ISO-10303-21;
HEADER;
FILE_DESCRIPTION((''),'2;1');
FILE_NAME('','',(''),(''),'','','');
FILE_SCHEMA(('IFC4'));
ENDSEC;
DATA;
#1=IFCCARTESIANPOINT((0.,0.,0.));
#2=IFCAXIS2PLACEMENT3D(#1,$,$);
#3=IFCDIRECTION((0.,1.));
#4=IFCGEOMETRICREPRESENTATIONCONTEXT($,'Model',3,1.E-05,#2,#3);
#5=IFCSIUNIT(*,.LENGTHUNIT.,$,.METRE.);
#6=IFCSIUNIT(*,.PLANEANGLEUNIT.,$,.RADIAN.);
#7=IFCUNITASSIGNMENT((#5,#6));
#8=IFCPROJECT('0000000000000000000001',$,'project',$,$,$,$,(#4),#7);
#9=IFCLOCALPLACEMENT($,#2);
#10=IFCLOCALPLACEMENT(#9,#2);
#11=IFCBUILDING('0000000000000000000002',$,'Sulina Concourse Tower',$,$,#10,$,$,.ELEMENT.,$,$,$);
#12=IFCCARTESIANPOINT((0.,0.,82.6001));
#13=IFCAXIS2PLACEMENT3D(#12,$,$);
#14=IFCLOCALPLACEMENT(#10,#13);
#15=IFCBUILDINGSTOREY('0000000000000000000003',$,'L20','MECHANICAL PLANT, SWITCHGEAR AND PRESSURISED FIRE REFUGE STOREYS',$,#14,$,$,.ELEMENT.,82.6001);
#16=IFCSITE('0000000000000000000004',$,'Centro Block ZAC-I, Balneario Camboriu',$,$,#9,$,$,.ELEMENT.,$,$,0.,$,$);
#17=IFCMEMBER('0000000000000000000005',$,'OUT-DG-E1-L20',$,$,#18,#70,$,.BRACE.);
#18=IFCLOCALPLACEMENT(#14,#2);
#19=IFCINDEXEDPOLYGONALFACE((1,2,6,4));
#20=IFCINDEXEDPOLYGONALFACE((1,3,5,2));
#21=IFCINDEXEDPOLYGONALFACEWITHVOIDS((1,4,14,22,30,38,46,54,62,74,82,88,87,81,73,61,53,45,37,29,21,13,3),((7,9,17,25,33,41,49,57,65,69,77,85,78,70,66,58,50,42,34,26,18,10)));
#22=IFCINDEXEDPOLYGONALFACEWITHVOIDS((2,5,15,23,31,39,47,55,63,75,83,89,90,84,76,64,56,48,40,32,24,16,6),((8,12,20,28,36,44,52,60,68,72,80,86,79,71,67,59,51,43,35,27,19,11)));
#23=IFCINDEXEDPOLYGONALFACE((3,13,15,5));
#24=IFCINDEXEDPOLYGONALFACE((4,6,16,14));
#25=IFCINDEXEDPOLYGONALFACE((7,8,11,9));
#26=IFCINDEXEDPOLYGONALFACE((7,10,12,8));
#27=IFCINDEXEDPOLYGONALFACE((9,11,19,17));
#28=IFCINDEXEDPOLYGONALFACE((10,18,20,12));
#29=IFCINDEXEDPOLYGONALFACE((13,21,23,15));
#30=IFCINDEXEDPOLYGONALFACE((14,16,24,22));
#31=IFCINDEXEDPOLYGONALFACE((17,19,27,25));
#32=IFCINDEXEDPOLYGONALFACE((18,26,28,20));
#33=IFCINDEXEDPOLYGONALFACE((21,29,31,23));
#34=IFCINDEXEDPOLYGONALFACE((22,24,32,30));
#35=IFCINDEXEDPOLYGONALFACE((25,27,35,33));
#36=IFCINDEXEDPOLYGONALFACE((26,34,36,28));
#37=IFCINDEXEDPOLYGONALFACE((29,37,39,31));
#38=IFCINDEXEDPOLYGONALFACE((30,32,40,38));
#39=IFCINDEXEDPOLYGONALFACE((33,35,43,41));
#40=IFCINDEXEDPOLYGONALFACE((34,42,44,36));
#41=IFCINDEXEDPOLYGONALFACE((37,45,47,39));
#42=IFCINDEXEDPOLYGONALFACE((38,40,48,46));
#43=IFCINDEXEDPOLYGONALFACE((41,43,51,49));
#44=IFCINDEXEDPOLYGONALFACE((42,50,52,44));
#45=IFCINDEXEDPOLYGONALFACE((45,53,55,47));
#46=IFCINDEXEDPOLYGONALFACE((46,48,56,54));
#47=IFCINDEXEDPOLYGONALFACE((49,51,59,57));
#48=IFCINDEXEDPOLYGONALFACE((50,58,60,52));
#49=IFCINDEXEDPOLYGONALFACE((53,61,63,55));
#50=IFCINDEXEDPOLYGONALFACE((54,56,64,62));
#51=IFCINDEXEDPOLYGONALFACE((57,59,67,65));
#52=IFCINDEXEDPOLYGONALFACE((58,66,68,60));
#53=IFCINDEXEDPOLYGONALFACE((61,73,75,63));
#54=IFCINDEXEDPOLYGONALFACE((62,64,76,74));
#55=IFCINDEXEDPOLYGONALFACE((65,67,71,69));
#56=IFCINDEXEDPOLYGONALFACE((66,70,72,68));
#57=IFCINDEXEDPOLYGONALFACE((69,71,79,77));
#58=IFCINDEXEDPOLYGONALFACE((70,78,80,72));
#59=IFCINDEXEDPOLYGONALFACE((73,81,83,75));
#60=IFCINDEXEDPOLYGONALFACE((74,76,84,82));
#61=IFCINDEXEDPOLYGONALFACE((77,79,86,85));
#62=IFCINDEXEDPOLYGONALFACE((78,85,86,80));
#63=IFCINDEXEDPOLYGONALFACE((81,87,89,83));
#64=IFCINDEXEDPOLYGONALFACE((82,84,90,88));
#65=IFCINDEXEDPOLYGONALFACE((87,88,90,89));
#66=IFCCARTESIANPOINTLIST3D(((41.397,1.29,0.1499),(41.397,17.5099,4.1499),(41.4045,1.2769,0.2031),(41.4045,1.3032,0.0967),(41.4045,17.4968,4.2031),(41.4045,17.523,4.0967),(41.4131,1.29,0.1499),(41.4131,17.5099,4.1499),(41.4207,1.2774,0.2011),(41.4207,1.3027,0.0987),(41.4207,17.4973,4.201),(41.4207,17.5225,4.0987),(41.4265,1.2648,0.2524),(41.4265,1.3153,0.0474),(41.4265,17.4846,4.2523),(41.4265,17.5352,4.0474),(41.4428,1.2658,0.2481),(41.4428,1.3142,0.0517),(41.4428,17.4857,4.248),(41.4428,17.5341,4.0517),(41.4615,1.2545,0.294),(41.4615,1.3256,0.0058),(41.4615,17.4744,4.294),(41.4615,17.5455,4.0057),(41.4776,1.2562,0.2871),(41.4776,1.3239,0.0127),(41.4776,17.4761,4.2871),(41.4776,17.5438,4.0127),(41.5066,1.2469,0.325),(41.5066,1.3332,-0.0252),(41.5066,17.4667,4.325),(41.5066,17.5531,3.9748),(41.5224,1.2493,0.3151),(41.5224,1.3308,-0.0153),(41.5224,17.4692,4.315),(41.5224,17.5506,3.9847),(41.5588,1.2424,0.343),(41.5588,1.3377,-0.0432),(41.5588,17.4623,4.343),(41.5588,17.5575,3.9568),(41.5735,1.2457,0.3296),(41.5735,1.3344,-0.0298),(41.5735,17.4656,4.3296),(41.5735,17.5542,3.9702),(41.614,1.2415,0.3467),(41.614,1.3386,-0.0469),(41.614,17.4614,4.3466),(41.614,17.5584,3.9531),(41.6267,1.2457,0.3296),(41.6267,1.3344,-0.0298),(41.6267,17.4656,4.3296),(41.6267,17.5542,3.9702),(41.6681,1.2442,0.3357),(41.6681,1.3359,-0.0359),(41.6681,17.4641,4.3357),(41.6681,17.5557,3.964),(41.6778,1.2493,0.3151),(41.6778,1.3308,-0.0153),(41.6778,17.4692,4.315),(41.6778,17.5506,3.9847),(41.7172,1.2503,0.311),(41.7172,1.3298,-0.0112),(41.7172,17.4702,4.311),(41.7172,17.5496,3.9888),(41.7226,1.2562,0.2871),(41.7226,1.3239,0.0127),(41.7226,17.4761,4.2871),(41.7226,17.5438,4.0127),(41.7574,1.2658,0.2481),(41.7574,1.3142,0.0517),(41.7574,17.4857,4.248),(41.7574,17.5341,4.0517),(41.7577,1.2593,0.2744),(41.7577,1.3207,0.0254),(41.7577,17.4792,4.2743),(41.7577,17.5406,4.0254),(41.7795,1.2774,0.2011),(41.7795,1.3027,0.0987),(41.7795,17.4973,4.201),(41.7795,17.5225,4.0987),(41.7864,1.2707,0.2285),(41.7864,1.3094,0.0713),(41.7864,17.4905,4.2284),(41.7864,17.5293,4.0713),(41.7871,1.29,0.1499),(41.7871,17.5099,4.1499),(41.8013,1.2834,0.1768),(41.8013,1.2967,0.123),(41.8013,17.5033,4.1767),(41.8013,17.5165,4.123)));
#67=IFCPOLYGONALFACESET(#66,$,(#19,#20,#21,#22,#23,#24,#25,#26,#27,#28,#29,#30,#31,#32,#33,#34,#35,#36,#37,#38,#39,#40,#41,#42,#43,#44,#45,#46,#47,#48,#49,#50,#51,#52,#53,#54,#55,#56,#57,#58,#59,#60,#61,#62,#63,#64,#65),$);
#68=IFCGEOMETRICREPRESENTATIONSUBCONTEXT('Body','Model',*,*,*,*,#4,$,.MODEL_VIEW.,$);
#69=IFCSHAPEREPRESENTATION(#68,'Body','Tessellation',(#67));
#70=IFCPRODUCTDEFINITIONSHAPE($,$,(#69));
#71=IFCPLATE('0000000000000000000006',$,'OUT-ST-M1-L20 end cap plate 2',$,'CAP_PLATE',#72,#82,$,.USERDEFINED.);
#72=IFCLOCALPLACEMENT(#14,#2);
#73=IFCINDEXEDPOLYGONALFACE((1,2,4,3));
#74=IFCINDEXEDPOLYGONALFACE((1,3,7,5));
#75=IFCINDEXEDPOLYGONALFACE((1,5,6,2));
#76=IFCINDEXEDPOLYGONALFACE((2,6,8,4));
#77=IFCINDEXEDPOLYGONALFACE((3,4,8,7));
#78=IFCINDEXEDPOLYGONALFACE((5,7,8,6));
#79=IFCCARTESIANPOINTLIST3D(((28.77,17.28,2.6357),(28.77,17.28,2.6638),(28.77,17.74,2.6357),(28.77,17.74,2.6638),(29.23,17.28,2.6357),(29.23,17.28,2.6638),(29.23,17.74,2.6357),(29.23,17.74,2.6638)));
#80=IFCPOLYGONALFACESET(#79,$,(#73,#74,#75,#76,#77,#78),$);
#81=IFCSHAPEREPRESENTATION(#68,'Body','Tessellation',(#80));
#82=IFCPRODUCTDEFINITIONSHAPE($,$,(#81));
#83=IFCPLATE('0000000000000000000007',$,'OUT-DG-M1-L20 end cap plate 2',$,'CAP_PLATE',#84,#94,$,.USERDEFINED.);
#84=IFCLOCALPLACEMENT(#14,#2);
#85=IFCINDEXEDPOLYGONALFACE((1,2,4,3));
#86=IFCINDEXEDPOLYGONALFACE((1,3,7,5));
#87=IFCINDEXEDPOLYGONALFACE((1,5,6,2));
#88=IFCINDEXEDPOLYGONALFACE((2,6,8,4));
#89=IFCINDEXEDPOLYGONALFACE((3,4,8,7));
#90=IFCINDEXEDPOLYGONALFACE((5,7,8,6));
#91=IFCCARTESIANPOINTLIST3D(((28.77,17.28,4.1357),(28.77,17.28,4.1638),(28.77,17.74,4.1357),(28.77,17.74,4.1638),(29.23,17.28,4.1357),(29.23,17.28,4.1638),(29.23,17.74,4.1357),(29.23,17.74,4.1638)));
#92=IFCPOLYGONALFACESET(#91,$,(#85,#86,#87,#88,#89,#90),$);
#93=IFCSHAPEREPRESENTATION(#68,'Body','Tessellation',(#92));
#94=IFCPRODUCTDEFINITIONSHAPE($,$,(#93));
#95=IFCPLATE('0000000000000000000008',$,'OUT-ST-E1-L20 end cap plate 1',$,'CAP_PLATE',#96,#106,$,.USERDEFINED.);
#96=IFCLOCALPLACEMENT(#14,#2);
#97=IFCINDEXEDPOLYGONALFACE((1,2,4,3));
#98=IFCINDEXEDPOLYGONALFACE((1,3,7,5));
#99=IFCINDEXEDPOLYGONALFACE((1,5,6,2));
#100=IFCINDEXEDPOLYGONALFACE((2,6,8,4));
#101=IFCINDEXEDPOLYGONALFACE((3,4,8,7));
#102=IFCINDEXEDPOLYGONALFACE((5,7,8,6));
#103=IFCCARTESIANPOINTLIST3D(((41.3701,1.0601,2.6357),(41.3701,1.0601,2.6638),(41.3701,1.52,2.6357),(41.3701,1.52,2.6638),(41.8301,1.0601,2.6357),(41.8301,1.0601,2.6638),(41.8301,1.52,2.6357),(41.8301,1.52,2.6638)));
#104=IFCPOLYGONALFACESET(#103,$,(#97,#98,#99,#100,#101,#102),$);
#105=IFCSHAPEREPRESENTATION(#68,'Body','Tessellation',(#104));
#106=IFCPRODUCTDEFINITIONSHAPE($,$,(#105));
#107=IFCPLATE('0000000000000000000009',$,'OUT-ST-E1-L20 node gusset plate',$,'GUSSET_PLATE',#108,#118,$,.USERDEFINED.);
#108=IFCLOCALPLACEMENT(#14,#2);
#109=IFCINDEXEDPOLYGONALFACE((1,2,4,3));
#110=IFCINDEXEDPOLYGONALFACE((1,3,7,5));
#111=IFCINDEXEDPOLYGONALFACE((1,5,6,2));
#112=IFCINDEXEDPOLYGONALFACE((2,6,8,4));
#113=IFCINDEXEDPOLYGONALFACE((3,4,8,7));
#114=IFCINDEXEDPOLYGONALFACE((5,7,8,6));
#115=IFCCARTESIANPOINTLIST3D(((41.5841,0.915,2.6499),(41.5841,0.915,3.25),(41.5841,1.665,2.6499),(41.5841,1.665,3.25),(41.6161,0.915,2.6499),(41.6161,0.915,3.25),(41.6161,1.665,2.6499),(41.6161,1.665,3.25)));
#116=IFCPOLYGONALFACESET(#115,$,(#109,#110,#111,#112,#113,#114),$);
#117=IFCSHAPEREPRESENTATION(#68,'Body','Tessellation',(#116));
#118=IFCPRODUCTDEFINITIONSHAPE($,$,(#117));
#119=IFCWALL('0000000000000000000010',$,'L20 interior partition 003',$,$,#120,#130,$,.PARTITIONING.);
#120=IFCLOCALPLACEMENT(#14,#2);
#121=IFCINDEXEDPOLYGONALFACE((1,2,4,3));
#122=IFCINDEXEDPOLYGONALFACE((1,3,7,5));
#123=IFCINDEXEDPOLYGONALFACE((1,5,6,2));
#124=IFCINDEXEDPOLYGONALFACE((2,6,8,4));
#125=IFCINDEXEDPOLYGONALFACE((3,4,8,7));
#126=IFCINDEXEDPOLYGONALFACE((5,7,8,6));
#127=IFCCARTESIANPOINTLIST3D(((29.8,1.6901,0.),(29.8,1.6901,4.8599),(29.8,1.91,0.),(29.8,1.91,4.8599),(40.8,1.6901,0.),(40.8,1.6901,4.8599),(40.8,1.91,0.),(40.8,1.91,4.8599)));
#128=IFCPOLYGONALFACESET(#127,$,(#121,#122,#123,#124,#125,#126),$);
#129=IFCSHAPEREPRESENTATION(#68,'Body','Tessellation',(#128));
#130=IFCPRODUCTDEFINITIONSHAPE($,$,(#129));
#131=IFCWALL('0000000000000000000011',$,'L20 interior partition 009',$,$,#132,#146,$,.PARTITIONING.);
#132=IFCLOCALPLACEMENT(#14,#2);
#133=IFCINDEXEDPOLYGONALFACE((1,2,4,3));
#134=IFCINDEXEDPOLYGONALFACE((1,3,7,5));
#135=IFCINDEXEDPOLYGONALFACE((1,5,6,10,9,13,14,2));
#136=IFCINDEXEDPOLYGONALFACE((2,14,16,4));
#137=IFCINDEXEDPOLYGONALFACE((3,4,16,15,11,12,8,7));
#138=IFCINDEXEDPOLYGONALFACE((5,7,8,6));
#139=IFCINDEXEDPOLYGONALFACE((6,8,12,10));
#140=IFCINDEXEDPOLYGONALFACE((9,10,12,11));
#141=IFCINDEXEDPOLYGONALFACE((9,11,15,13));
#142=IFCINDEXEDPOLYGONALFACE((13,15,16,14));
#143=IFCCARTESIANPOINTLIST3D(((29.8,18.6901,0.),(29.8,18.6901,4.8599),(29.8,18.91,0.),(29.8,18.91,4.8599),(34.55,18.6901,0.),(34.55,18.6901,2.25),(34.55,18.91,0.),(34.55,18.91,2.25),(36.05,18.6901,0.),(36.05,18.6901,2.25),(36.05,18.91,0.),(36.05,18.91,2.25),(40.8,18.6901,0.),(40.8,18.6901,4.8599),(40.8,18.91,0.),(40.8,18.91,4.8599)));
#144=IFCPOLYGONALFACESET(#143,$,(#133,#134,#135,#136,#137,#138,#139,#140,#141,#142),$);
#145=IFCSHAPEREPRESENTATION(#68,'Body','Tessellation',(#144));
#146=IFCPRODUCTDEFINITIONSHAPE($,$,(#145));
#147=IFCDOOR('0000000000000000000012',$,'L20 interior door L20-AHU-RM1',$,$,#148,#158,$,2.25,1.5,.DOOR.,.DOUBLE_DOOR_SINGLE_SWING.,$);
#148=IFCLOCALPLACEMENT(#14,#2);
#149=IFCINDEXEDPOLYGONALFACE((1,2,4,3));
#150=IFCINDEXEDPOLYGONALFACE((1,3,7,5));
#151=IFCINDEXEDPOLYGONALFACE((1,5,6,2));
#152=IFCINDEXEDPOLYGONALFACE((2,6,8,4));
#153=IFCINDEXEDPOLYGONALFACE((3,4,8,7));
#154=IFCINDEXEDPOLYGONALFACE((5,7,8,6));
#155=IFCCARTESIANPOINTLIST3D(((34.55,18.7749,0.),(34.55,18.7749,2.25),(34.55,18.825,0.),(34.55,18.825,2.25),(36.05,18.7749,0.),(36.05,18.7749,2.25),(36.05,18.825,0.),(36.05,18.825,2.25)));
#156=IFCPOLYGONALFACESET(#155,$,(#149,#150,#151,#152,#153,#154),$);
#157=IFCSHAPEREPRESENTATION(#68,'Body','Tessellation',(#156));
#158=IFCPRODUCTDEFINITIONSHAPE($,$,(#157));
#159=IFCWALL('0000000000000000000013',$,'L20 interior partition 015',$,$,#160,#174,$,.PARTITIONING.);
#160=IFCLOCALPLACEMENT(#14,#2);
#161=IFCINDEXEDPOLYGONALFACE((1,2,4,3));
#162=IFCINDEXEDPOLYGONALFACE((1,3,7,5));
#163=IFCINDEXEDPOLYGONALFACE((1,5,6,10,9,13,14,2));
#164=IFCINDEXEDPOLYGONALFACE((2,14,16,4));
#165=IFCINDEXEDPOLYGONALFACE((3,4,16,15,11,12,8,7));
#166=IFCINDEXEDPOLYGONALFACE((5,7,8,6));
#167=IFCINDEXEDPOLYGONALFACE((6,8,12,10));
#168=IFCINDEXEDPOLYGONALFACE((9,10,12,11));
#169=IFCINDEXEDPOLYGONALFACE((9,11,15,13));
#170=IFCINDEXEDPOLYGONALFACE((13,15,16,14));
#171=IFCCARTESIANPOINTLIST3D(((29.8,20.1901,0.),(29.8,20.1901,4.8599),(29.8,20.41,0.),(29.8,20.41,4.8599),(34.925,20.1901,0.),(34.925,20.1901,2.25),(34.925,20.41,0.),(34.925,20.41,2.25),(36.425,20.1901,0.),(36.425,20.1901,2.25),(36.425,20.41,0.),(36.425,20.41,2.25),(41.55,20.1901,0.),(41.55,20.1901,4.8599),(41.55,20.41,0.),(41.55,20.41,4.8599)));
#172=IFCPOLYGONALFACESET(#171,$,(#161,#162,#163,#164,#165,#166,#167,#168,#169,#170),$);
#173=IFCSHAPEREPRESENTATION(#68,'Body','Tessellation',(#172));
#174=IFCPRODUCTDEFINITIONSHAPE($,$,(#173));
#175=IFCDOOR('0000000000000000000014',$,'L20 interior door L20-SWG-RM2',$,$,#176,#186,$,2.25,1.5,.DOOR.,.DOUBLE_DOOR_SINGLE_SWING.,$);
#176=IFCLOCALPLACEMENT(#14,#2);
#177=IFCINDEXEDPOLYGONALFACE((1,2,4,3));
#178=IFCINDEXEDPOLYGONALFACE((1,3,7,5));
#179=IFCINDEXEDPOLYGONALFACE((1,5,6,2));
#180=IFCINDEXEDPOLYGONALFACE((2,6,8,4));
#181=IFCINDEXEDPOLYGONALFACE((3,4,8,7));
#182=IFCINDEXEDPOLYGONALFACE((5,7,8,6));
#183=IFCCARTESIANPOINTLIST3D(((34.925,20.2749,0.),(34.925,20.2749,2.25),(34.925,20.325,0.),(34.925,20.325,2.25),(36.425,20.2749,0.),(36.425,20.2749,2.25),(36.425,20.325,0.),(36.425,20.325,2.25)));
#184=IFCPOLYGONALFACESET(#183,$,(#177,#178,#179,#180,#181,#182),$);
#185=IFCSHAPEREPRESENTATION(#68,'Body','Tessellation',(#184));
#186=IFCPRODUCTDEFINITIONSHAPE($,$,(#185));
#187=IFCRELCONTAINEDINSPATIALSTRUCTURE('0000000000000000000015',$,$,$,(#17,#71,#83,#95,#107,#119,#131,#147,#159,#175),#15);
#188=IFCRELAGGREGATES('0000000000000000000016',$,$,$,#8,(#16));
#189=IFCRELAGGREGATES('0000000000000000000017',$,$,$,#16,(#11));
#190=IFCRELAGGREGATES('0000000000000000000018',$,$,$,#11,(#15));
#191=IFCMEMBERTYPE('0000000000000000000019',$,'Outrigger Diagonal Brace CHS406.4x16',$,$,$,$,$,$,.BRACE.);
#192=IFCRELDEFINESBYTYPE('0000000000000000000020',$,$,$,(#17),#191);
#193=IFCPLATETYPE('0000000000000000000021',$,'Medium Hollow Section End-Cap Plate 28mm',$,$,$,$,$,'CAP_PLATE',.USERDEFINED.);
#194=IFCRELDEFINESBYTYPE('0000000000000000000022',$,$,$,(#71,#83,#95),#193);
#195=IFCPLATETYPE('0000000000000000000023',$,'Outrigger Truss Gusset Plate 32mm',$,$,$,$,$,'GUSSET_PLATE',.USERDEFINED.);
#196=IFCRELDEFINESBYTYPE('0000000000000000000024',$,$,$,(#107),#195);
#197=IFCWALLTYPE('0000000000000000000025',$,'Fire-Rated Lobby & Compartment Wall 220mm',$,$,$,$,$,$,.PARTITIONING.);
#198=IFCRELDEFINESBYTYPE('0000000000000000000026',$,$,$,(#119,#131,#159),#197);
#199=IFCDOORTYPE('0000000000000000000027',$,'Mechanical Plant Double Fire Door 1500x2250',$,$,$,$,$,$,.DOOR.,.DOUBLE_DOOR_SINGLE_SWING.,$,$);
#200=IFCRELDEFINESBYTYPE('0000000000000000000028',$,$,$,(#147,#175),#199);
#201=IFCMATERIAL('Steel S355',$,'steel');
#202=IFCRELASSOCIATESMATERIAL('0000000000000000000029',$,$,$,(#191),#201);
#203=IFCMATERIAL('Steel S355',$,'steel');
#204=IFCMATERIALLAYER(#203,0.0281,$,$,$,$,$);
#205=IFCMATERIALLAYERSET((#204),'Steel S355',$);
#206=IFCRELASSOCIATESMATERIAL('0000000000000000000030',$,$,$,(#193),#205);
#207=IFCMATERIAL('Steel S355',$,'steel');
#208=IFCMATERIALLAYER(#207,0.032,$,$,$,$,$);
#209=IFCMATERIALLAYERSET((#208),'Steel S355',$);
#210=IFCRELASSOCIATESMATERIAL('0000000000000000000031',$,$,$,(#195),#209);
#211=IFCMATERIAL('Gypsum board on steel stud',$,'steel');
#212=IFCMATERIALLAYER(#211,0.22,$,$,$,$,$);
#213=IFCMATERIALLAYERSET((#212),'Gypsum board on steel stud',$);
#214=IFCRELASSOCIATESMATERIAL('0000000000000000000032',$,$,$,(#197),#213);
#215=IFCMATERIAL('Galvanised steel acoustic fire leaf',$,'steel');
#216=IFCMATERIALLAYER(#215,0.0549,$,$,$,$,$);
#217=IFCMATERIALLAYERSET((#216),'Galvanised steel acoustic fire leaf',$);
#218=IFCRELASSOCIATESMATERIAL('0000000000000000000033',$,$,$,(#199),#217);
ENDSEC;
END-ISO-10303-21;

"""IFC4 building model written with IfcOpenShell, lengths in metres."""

from ifc_helpers import new_model, si_unit, direction, frame, frame_2d, origin, origin_2d, place, context, subcontext, project, spatial, rectangle, hollow_circle, extrude, material, layer, layer_set, material_profile, profile_set, type_object, element, fill, save


model = new_model("IFC4")

# Units and contexts
model_context = context("Model", 3, precision=1e-05, world=origin(), true_north=direction((0.0, 1.0)))
body_context = subcontext(model_context, "Body", "Model", "MODEL_VIEW")
ifc_project = project(units=[si_unit("LENGTHUNIT", "METRE"), si_unit("PLANEANGLEUNIT", "RADIAN")], contexts=[model_context])

# Site, building, storey
site_placement = place(None, origin())
site = spatial("IfcSite", under=ifc_project, at=site_placement, Name="Centro Block ZAC-I, Balneario Camboriu", CompositionType="ELEMENT", RefElevation=0.0)
building_placement = place(site_placement, origin())
building = spatial("IfcBuilding", under=site, at=building_placement, Name="Sulina Concourse Tower", CompositionType="ELEMENT")
storey_placement = place(building_placement, frame((0.0, 0.0, 82.6001)))
storey = spatial("IfcBuildingStorey", under=building, at=storey_placement, Name="L20", Description="MECHANICAL PLANT, SWITCHGEAR AND PRESSURISED FIRE REFUGE STOREYS", CompositionType="ELEMENT", Elevation=82.6001)

# Member
ifc_material_1 = material(Name="Steel S355", Category="steel")
ifc_material_profile_1 = material_profile(ifc_material_1, hollow_circle(Radius=0.2031, WallThickness=0.0161, at=origin_2d()), Name="CHS 406.4x16")
ifc_profile_set_1 = profile_set([ifc_material_profile_1], Name="Steel S355")
member_type = type_object("IfcMemberType", Name="Outrigger Diagonal Brace CHS406.4x16", PredefinedType="BRACE", material=ifc_profile_set_1)
member_placement = place(storey_placement, frame((41.6001, 1.29, 0.1499), z_axis=(0.0, 0.970912, 0.239436), x_axis=(-1.0, 0.0, 0.0)))
element("IfcMember", 1, at=member_placement, inside=storey, type_object=member_type, Name="OUT-DG-E1-L20", PredefinedType="BRACE", context=body_context, shape_type="SweptSolid", body=[
    extrude(hollow_circle(Radius=0.2031, WallThickness=0.0161, at=origin_2d()), origin(), (0.0, 0.0, 1.0), 16.7058),
])

# Plates
ifc_material_2 = material(Name="Steel S355", Category="steel")
ifc_layer_1 = layer(ifc_material_2, 0.0281)
ifc_layer_set_1 = layer_set([ifc_layer_1], Name="Steel S355")
plate_type_1 = type_object("IfcPlateType", Name="Medium Hollow Section End-Cap Plate 28mm", ElementType="CAP_PLATE", PredefinedType="USERDEFINED", material=ifc_layer_set_1)
for number, where, z_axis, x_axis, name in (
    (2, (29.0, 17.51, 2.6357), (0.0, 0.0, 1.0), (1.0, 0.0, 0.0), "OUT-ST-M1-L20 end cap plate 2"),
    (3, (29.0, 17.51, 4.1357), (0.0, 0.0, 1.0), (1.0, 0.0, 0.0), "OUT-DG-M1-L20 end cap plate 2"),
    (4, (41.6001, 1.29, 2.6357), (0.0, 0.0, 1.0), (1.0, 0.0, 0.0), "OUT-ST-E1-L20 end cap plate 1"),
):
    element("IfcPlate", number, at=place(storey_placement, frame(where, z_axis=z_axis, x_axis=x_axis)), inside=storey, type_object=plate_type_1, Name=name, ObjectType="CAP_PLATE", PredefinedType="USERDEFINED", context=body_context, shape_type="SweptSolid", body=[
        extrude(rectangle(XDim=0.46, YDim=0.46, at=origin_2d()), origin(), (0.0, 0.0, 1.0), 0.0281),
    ])
ifc_material_3 = material(Name="Steel S355", Category="steel")
ifc_layer_2 = layer(ifc_material_3, 0.032)
ifc_layer_set_2 = layer_set([ifc_layer_2], Name="Steel S355")
plate_type_2 = type_object("IfcPlateType", Name="Outrigger Truss Gusset Plate 32mm", ElementType="GUSSET_PLATE", PredefinedType="USERDEFINED", material=ifc_layer_set_2)
plate_placement = place(storey_placement, frame((41.6001, 1.29, 2.6499), z_axis=(0.0, 0.0, 1.0), x_axis=(1.0, 0.0, 0.0)))
element("IfcPlate", 5, at=plate_placement, inside=storey, type_object=plate_type_2, Name="OUT-ST-E1-L20 node gusset plate", ObjectType="GUSSET_PLATE", PredefinedType="USERDEFINED", context=body_context, shape_type="SweptSolid", body=[
    extrude(rectangle(XDim=0.032, YDim=0.75, at=origin_2d()), origin(), (0.0, 0.0, 1.0), 0.6001),
])

# Wall
ifc_material_4 = material(Name="Gypsum board on steel stud", Category="steel")
ifc_layer_3 = layer(ifc_material_4, 0.22)
ifc_layer_set_3 = layer_set([ifc_layer_3], Name="Gypsum board on steel stud")
wall_type_1 = type_object("IfcWallType", Name="Fire-Rated Lobby & Compartment Wall 220mm", PredefinedType="PARTITIONING", material=ifc_layer_set_3)
wall_1_placement = place(storey_placement, frame((29.8, 1.8, 0.0), z_axis=(0.0, 0.0, 1.0), x_axis=(1.0, 0.0, 0.0)))
element("IfcWall", 6, at=wall_1_placement, inside=storey, type_object=wall_type_1, Name="L20 interior partition 003", PredefinedType="PARTITIONING", context=body_context, shape_type="SweptSolid", body=[
    extrude(rectangle(XDim=11.0, YDim=0.22, at=frame_2d((5.5, 0.0))), origin(), (0.0, 0.0, 1.0), 4.8599),
])

# Walls, openings, doors
wall_2_placement = place(storey_placement, frame((29.8, 18.8, 0.0), z_axis=(0.0, 0.0, 1.0), x_axis=(1.0, 0.0, 0.0)))
wall_2 = element("IfcWall", 7, at=wall_2_placement, inside=storey, type_object=wall_type_1, Name="L20 interior partition 009", PredefinedType="PARTITIONING", context=body_context, shape_type="SweptSolid", body=[
    extrude(rectangle(XDim=11.0, YDim=0.22, at=frame_2d((5.5, 0.0))), origin(), (0.0, 0.0, 1.0), 4.8599),
])
opening_1_placement = place(wall_2_placement, frame((4.75, 0.0, 0.0)))
opening_1 = element("IfcOpeningElement", 8, at=opening_1_placement, cuts=wall_2, PredefinedType="OPENING", context=body_context, shape_type="SweptSolid", body=[
    extrude(rectangle(XDim=1.5, YDim=2.25, at=frame_2d((0.75, 1.125))), frame((0.0, 0.1199, 0.0), z_axis=(0.0, -1.0, 0.0), x_axis=(1.0, 0.0, 0.0)), (0.0, 0.0, 1.0), 0.24),
])
ifc_material_5 = material(Name="Galvanised steel acoustic fire leaf", Category="steel")
ifc_layer_4 = layer(ifc_material_5, 0.0549)
ifc_layer_set_4 = layer_set([ifc_layer_4], Name="Galvanised steel acoustic fire leaf")
door_type = type_object("IfcDoorType", Name="Mechanical Plant Double Fire Door 1500x2250", OperationType="DOUBLE_DOOR_SINGLE_SWING", PredefinedType="DOOR", material=ifc_layer_set_4)
door_1_placement = place(opening_1_placement, origin())
door_1 = element("IfcDoor", 9, at=door_1_placement, inside=storey, type_object=door_type, Name="L20 interior door L20-AHU-RM1", OperationType="DOUBLE_DOOR_SINGLE_SWING", OverallHeight=2.25, OverallWidth=1.5, PredefinedType="DOOR", context=body_context, shape_type="SweptSolid", body=[
    extrude(rectangle(XDim=1.5, YDim=2.25, at=frame_2d((0.75, 1.125))), frame((0.0, 0.0249, 0.0), z_axis=(0.0, -1.0, 0.0), x_axis=(1.0, 0.0, 0.0)), (0.0, 0.0, 1.0), 0.05),
])
fill(opening_1, door_1)
wall_3_placement = place(storey_placement, frame((29.8, 20.3, 0.0), z_axis=(0.0, 0.0, 1.0), x_axis=(1.0, 0.0, 0.0)))
wall_3 = element("IfcWall", 10, at=wall_3_placement, inside=storey, type_object=wall_type_1, Name="L20 interior partition 015", PredefinedType="PARTITIONING", context=body_context, shape_type="SweptSolid", body=[
    extrude(rectangle(XDim=11.75, YDim=0.22, at=frame_2d((5.875, 0.0))), origin(), (0.0, 0.0, 1.0), 4.8599),
])
opening_2_placement = place(wall_3_placement, frame((5.125, 0.0, 0.0)))
opening_2 = element("IfcOpeningElement", 11, at=opening_2_placement, cuts=wall_3, PredefinedType="OPENING", context=body_context, shape_type="SweptSolid", body=[
    extrude(rectangle(XDim=1.5, YDim=2.25, at=frame_2d((0.75, 1.125))), frame((0.0, 0.1199, 0.0), z_axis=(0.0, -1.0, 0.0), x_axis=(1.0, 0.0, 0.0)), (0.0, 0.0, 1.0), 0.24),
])
door_2_placement = place(opening_2_placement, origin())
door_2 = element("IfcDoor", 12, at=door_2_placement, inside=storey, type_object=door_type, Name="L20 interior door L20-SWG-RM2", OperationType="DOUBLE_DOOR_SINGLE_SWING", OverallHeight=2.25, OverallWidth=1.5, PredefinedType="DOOR", context=body_context, shape_type="SweptSolid", body=[
    extrude(rectangle(XDim=1.5, YDim=2.25, at=frame_2d((0.75, 1.125))), frame((0.0, 0.0249, 0.0), z_axis=(0.0, -1.0, 0.0), x_axis=(1.0, 0.0, 0.0)), (0.0, 0.0, 1.0), 0.05),
])
fill(opening_2, door_2)

save(model, "model.ifc")
